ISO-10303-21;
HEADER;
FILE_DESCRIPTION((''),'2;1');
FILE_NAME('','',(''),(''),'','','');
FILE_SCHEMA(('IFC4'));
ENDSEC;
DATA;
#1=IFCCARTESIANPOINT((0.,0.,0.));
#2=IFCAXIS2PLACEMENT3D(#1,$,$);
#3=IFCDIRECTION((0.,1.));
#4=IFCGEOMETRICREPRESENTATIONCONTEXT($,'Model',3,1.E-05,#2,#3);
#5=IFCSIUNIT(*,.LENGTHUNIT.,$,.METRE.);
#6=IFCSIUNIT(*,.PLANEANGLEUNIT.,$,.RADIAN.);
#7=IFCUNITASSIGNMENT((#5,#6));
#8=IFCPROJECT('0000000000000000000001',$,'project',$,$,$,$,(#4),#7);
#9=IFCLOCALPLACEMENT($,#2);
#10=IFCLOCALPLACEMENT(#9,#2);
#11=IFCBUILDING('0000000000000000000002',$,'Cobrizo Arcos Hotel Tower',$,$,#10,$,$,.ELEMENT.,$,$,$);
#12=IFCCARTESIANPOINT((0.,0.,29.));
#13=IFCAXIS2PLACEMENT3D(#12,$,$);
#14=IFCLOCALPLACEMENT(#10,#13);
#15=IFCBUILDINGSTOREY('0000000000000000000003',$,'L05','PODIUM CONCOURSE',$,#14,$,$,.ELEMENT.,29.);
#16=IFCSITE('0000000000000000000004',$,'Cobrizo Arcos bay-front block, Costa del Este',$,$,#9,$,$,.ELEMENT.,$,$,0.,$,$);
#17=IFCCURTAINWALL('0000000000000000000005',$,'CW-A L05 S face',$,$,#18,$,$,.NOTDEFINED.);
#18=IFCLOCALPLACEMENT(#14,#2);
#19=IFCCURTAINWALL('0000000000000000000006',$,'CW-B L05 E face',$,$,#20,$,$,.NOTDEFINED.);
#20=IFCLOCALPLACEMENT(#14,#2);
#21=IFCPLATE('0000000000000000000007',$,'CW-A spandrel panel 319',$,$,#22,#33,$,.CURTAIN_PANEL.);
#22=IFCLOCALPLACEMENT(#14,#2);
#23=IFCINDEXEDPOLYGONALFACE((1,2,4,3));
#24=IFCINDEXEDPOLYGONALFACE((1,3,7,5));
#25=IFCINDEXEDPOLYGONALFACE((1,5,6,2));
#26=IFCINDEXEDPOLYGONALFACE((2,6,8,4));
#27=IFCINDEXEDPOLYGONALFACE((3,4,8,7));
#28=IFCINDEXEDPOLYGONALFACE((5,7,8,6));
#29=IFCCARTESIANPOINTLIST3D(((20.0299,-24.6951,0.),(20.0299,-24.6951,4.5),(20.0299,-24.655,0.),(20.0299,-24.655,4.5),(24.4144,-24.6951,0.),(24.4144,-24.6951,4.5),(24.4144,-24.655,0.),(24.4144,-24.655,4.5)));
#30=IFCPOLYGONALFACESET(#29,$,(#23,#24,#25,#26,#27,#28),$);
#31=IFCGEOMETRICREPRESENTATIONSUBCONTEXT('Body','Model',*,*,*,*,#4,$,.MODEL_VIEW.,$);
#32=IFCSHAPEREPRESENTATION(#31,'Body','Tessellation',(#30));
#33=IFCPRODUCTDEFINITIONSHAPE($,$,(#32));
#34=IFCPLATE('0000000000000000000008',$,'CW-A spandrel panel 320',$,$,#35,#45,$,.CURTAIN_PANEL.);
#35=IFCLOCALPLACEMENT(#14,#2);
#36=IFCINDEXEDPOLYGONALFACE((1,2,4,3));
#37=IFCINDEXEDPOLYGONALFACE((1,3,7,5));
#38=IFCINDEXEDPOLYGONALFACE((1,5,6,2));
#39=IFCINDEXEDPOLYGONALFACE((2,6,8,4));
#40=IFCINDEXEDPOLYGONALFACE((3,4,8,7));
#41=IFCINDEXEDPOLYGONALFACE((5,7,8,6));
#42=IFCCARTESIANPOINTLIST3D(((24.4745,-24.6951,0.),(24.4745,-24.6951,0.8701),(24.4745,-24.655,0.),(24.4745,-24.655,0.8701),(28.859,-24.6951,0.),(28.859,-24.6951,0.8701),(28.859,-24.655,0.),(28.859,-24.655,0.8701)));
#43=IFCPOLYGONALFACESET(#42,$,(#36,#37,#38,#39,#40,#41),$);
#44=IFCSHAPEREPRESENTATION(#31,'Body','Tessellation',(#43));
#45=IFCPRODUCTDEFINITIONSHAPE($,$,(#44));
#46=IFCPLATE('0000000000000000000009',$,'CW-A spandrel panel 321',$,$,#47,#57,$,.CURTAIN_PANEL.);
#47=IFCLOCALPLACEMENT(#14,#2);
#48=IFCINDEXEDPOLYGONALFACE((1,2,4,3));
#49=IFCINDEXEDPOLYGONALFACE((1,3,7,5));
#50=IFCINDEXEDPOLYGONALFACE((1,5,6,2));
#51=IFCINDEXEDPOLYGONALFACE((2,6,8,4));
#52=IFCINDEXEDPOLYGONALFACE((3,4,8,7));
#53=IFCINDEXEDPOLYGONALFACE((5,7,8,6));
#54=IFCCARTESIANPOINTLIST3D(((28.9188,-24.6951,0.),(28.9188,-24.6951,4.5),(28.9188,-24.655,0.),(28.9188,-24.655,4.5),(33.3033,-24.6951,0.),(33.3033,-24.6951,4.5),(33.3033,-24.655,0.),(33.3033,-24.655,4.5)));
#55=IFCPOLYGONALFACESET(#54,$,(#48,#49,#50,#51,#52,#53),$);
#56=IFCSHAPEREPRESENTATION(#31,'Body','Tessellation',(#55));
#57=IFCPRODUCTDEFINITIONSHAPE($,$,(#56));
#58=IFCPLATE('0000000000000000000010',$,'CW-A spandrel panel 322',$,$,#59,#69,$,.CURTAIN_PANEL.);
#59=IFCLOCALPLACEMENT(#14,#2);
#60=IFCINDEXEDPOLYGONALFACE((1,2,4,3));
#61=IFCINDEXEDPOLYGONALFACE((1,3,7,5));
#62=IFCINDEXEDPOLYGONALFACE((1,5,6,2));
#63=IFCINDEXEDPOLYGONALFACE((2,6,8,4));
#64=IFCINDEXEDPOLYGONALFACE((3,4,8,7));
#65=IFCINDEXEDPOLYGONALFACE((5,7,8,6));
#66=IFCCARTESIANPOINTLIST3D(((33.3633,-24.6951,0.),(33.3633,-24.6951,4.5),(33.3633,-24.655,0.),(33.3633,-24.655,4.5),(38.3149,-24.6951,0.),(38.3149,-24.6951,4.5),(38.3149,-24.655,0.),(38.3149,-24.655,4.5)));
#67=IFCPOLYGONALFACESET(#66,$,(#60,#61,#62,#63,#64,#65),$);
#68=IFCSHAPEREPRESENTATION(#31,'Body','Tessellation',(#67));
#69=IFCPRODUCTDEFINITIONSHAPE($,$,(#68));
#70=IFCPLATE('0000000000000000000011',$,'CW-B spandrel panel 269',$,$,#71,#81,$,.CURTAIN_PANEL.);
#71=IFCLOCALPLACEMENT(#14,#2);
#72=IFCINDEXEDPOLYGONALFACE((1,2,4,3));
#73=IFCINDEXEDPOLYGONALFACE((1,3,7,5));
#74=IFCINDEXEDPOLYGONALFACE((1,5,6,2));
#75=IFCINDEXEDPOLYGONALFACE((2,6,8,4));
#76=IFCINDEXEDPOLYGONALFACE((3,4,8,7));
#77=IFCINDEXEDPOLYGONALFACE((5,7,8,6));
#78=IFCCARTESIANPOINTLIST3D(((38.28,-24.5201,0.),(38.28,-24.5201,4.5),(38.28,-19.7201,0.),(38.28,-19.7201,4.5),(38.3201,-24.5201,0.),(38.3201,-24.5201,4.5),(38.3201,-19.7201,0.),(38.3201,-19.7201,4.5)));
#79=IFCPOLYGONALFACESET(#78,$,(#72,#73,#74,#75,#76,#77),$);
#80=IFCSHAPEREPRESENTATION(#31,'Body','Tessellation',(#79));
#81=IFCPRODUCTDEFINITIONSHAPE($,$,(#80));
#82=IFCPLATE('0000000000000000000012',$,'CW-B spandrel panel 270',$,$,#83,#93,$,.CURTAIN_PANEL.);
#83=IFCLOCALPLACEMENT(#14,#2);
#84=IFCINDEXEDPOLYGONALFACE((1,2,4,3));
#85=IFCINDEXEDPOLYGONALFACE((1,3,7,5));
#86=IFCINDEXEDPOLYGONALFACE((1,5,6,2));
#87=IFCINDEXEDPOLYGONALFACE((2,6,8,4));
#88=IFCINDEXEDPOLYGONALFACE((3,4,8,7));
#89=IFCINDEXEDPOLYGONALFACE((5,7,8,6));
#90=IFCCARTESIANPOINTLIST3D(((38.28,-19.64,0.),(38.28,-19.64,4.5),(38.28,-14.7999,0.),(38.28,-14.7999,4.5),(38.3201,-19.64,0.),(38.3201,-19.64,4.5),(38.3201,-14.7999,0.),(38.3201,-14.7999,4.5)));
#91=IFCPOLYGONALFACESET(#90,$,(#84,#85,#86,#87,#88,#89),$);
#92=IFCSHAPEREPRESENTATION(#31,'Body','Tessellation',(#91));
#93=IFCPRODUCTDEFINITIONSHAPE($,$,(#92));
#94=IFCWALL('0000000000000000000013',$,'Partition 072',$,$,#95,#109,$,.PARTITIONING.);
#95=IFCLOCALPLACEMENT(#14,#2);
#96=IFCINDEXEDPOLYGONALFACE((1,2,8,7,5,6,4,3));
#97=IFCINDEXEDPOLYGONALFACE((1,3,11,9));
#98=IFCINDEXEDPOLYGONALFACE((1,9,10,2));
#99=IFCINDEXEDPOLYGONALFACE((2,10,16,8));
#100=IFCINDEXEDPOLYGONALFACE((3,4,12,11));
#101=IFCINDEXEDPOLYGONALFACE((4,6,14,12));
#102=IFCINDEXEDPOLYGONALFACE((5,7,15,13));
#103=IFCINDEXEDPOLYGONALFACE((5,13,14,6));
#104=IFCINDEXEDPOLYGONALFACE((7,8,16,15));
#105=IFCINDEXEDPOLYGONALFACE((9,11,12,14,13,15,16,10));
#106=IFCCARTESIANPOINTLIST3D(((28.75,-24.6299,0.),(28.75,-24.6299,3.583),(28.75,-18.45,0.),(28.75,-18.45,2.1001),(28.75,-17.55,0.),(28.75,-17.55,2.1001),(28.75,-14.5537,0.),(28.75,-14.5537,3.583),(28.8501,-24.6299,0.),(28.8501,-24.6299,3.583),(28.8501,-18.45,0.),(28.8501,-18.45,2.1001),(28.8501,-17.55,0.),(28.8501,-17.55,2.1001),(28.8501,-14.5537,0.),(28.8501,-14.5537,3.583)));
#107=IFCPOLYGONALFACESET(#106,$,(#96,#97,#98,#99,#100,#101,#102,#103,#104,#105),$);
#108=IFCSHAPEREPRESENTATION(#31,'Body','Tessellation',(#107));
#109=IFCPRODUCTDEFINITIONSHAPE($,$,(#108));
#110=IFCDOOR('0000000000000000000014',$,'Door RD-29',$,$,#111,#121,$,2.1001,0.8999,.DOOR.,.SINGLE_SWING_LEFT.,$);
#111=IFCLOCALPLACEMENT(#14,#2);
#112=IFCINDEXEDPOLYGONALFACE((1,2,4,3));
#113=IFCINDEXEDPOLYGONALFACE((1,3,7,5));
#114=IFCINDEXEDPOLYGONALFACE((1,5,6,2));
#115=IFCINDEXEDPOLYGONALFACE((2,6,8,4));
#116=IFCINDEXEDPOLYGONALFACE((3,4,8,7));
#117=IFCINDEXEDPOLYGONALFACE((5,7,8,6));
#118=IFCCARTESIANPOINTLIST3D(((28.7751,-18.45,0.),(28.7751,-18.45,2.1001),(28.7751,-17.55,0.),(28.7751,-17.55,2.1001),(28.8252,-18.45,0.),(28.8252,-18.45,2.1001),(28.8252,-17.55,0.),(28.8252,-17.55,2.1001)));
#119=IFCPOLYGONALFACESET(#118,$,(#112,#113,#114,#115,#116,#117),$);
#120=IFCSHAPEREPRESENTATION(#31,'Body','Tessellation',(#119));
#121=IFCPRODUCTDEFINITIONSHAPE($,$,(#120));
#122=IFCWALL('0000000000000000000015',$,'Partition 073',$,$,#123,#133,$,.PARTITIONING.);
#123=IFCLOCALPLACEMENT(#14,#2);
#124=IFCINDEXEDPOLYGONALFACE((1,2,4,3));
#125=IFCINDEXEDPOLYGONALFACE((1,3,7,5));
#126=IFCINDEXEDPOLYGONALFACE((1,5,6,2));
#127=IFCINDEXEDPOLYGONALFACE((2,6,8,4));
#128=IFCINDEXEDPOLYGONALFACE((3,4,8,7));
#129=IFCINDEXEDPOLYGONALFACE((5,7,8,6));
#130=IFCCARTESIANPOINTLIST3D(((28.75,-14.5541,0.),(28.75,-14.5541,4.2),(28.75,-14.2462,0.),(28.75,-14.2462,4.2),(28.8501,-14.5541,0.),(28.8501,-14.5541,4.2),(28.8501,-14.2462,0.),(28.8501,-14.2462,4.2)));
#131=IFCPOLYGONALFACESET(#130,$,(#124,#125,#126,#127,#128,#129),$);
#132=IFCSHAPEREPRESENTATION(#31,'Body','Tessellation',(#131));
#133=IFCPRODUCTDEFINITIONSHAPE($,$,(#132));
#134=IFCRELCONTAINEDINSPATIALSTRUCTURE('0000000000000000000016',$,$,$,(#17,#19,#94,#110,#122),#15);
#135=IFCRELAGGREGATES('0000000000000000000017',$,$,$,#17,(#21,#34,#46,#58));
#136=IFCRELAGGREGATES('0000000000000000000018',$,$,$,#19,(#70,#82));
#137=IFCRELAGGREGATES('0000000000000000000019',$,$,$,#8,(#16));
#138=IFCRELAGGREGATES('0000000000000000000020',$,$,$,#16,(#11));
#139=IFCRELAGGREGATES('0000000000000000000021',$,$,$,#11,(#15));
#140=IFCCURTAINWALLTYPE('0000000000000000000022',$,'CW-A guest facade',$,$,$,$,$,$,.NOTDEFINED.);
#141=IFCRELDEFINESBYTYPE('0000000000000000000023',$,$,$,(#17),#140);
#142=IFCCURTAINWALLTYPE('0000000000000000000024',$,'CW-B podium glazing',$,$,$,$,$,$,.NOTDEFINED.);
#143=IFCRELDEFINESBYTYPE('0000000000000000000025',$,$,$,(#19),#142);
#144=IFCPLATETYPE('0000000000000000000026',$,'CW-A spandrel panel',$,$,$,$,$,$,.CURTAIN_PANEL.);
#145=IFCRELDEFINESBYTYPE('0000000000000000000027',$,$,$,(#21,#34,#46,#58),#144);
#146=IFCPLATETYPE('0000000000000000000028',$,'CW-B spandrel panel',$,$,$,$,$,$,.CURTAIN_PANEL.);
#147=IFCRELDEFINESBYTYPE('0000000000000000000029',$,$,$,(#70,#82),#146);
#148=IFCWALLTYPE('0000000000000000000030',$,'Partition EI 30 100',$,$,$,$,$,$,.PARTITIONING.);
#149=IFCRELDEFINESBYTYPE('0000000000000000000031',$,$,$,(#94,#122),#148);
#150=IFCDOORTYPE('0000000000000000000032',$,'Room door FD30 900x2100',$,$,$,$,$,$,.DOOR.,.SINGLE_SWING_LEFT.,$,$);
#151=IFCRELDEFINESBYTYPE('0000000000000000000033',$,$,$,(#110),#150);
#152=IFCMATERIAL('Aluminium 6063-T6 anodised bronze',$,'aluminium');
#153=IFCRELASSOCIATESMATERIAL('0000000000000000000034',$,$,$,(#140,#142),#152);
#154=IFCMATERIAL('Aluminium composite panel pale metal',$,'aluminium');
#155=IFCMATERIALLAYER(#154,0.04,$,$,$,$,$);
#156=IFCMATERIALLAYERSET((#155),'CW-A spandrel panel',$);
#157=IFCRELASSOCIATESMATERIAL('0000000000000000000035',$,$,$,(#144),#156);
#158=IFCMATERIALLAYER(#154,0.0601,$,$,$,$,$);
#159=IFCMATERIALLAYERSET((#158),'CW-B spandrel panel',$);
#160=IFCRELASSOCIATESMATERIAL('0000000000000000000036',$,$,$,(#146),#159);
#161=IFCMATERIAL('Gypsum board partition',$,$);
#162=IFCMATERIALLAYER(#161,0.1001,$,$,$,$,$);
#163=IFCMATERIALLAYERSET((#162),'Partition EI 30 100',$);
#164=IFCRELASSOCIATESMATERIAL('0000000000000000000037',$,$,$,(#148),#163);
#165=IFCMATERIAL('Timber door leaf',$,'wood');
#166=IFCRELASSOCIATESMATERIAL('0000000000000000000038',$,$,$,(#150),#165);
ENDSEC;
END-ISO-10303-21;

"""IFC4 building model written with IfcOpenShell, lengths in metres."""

from ifc_helpers import new_model, si_unit, direction, frame, frame_2d, origin, origin_2d, place, context, subcontext, project, spatial, rectangle, extrude, material, layer, layer_set, type_object, element, fill, aggregate, save


model = new_model("IFC4")

# Units and contexts
model_context = context("Model", 3, precision=1e-05, world=origin(), true_north=direction((0.0, 1.0)))
body_context = subcontext(model_context, "Body", "Model", "MODEL_VIEW")
ifc_project = project(units=[si_unit("LENGTHUNIT", "METRE"), si_unit("PLANEANGLEUNIT", "RADIAN")], contexts=[model_context])

# Site, building, storey
site_placement = place(None, origin())
site = spatial("IfcSite", under=ifc_project, at=site_placement, Name="Cobrizo Arcos bay-front block, Costa del Este", CompositionType="ELEMENT", RefElevation=0.0)
building_placement = place(site_placement, origin())
building = spatial("IfcBuilding", under=site, at=building_placement, Name="Cobrizo Arcos Hotel Tower", CompositionType="ELEMENT")
storey_placement = place(building_placement, frame((0.0, 0.0, 29.0)))
storey = spatial("IfcBuildingStorey", under=building, at=storey_placement, Name="L05", Description="PODIUM CONCOURSE", CompositionType="ELEMENT", Elevation=29.0)

# Curtain walls
ifc_material_1 = material(Name="Aluminium 6063-T6 anodised bronze", Category="aluminium")
curtain_wall_type_1 = type_object("IfcCurtainWallType", Name="CW-A guest facade", PredefinedType="NOTDEFINED", material=ifc_material_1)
curtain_wall_1_placement = place(storey_placement, origin())
curtain_wall_1 = element("IfcCurtainWall", 1, at=curtain_wall_1_placement, inside=storey, type_object=curtain_wall_type_1, Name="CW-A L05 S face", PredefinedType="NOTDEFINED")
curtain_wall_type_2 = type_object("IfcCurtainWallType", Name="CW-B podium glazing", PredefinedType="NOTDEFINED", material=ifc_material_1)
curtain_wall_2_placement = place(storey_placement, origin())
curtain_wall_2 = element("IfcCurtainWall", 2, at=curtain_wall_2_placement, inside=storey, type_object=curtain_wall_type_2, Name="CW-B L05 E face", PredefinedType="NOTDEFINED")

# Plates
ifc_material_2 = material(Name="Aluminium composite panel pale metal", Category="aluminium")
ifc_layer_1 = layer(ifc_material_2, 0.04)
ifc_layer_set_1 = layer_set([ifc_layer_1], Name="CW-A spandrel panel")
plate_type_1 = type_object("IfcPlateType", Name="CW-A spandrel panel", PredefinedType="CURTAIN_PANEL", material=ifc_layer_set_1)
plate_1_placement = place(storey_placement, frame((22.2222, -24.675, 0.0), z_axis=(0.0, 0.0, 1.0), x_axis=(1.0, 0.0, 0.0)))
plate_1 = element("IfcPlate", 3, at=plate_1_placement, type_object=plate_type_1, Name="CW-A spandrel panel 319", PredefinedType="CURTAIN_PANEL", context=body_context, shape_type="SweptSolid", body=[
    extrude(rectangle(XDim=4.3845, YDim=0.04, at=origin_2d()), origin(), (0.0, 0.0, 1.0), 4.5),
])
plate_2_placement = place(storey_placement, frame((26.6667, -24.675, 0.0), z_axis=(0.0, 0.0, 1.0), x_axis=(1.0, 0.0, 0.0)))
plate_2 = element("IfcPlate", 4, at=plate_2_placement, type_object=plate_type_1, Name="CW-A spandrel panel 320", PredefinedType="CURTAIN_PANEL", context=body_context, shape_type="SweptSolid", body=[
    extrude(rectangle(XDim=4.3845, YDim=0.04, at=origin_2d()), origin(), (0.0, 0.0, 1.0), 0.8701),
])
plate_3_placement = place(storey_placement, frame((31.1111, -24.675, 0.0), z_axis=(0.0, 0.0, 1.0), x_axis=(1.0, 0.0, 0.0)))
plate_3 = element("IfcPlate", 5, at=plate_3_placement, type_object=plate_type_1, Name="CW-A spandrel panel 321", PredefinedType="CURTAIN_PANEL", context=body_context, shape_type="SweptSolid", body=[
    extrude(rectangle(XDim=4.3845, YDim=0.04, at=origin_2d()), origin(), (0.0, 0.0, 1.0), 4.5),
])
plate_4_placement = place(storey_placement, frame((35.8391, -24.675, 0.0), z_axis=(0.0, 0.0, 1.0), x_axis=(1.0, 0.0, 0.0)))
plate_4 = element("IfcPlate", 6, at=plate_4_placement, type_object=plate_type_1, Name="CW-A spandrel panel 322", PredefinedType="CURTAIN_PANEL", context=body_context, shape_type="SweptSolid", body=[
    extrude(rectangle(XDim=4.9517, YDim=0.04, at=origin_2d()), origin(), (0.0, 0.0, 1.0), 4.5),
])
aggregate(curtain_wall_1, [plate_1, plate_2, plate_3, plate_4])
ifc_layer_2 = layer(ifc_material_2, 0.0601)
ifc_layer_set_2 = layer_set([ifc_layer_2], Name="CW-B spandrel panel")
plate_type_2 = type_object("IfcPlateType", Name="CW-B spandrel panel", PredefinedType="CURTAIN_PANEL", material=ifc_layer_set_2)
plate_5_placement = place(storey_placement, frame((38.3, -22.1201, 0.0), z_axis=(0.0, 0.0, 1.0), x_axis=(0.0, 1.0, 0.0)))
plate_5 = element("IfcPlate", 7, at=plate_5_placement, type_object=plate_type_2, Name="CW-B spandrel panel 269", PredefinedType="CURTAIN_PANEL", context=body_context, shape_type="SweptSolid", body=[
    extrude(rectangle(XDim=4.8, YDim=0.04, at=origin_2d()), origin(), (0.0, 0.0, 1.0), 4.5),
])
plate_6_placement = place(storey_placement, frame((38.3, -17.22, 0.0), z_axis=(0.0, 0.0, 1.0), x_axis=(0.0, 1.0, 0.0)))
plate_6 = element("IfcPlate", 8, at=plate_6_placement, type_object=plate_type_2, Name="CW-B spandrel panel 270", PredefinedType="CURTAIN_PANEL", context=body_context, shape_type="SweptSolid", body=[
    extrude(rectangle(XDim=4.8401, YDim=0.04, at=origin_2d()), origin(), (0.0, 0.0, 1.0), 4.5),
])
aggregate(curtain_wall_2, [plate_5, plate_6])

# Wall, opening, door
ifc_material_3 = material(Name="Gypsum board partition")
ifc_layer_3 = layer(ifc_material_3, 0.1001)
ifc_layer_set_3 = layer_set([ifc_layer_3], Name="Partition EI 30 100")
wall_type = type_object("IfcWallType", Name="Partition EI 30 100", PredefinedType="PARTITIONING", material=ifc_layer_set_3)
wall_1_placement = place(storey_placement, frame((28.8, -24.6299, 0.0), z_axis=(0.0, 0.0, 1.0), x_axis=(0.0, 1.0, 0.0)))
wall_1 = element("IfcWall", 9, at=wall_1_placement, inside=storey, type_object=wall_type, Name="Partition 072", PredefinedType="PARTITIONING", context=body_context, shape_type="SweptSolid", body=[
    extrude(rectangle(XDim=10.0762, YDim=0.1001, at=frame_2d((5.0381, 0.0))), origin(), (0.0, 0.0, 1.0), 3.583),
])
opening_placement = place(wall_1_placement, frame((6.1799, 0.0, 0.0)))
opening = element("IfcOpeningElement", 10, at=opening_placement, cuts=wall_1, PredefinedType="OPENING", context=body_context, shape_type="SweptSolid", body=[
    extrude(rectangle(XDim=0.8999, YDim=2.1001, at=frame_2d((0.45, 1.05))), frame((0.0, 0.062, 0.0), z_axis=(0.0, -1.0, 0.0), x_axis=(1.0, 0.0, 0.0)), (0.0, 0.0, 1.0), 0.124),
])
ifc_material_4 = material(Name="Timber door leaf", Category="wood")
door_type = type_object("IfcDoorType", Name="Room door FD30 900x2100", OperationType="SINGLE_SWING_LEFT", PredefinedType="DOOR", material=ifc_material_4)
door_placement = place(opening_placement, origin())
door = element("IfcDoor", 11, at=door_placement, inside=storey, type_object=door_type, Name="Door RD-29", OperationType="SINGLE_SWING_LEFT", OverallHeight=2.1001, OverallWidth=0.8999, PredefinedType="DOOR", context=body_context, shape_type="SweptSolid", body=[
    extrude(rectangle(XDim=0.8999, YDim=2.1001, at=frame_2d((0.45, 1.05))), frame((0.0, 0.0249, 0.0), z_axis=(0.0, -1.0, 0.0), x_axis=(1.0, 0.0, 0.0)), (0.0, 0.0, 1.0), 0.05),
])
fill(opening, door)

# Wall
wall_2_placement = place(storey_placement, frame((28.8, -14.554, 0.0), z_axis=(0.0, 0.0, 1.0), x_axis=(0.0, 1.0, 0.0)))
element("IfcWall", 12, at=wall_2_placement, inside=storey, type_object=wall_type, Name="Partition 073", PredefinedType="PARTITIONING", context=body_context, shape_type="SweptSolid", body=[
    extrude(rectangle(XDim=0.3079, YDim=0.1001, at=frame_2d((0.1538, 0.0))), origin(), (0.0, 0.0, 1.0), 4.2),
])

save(model, "model.ifc")
